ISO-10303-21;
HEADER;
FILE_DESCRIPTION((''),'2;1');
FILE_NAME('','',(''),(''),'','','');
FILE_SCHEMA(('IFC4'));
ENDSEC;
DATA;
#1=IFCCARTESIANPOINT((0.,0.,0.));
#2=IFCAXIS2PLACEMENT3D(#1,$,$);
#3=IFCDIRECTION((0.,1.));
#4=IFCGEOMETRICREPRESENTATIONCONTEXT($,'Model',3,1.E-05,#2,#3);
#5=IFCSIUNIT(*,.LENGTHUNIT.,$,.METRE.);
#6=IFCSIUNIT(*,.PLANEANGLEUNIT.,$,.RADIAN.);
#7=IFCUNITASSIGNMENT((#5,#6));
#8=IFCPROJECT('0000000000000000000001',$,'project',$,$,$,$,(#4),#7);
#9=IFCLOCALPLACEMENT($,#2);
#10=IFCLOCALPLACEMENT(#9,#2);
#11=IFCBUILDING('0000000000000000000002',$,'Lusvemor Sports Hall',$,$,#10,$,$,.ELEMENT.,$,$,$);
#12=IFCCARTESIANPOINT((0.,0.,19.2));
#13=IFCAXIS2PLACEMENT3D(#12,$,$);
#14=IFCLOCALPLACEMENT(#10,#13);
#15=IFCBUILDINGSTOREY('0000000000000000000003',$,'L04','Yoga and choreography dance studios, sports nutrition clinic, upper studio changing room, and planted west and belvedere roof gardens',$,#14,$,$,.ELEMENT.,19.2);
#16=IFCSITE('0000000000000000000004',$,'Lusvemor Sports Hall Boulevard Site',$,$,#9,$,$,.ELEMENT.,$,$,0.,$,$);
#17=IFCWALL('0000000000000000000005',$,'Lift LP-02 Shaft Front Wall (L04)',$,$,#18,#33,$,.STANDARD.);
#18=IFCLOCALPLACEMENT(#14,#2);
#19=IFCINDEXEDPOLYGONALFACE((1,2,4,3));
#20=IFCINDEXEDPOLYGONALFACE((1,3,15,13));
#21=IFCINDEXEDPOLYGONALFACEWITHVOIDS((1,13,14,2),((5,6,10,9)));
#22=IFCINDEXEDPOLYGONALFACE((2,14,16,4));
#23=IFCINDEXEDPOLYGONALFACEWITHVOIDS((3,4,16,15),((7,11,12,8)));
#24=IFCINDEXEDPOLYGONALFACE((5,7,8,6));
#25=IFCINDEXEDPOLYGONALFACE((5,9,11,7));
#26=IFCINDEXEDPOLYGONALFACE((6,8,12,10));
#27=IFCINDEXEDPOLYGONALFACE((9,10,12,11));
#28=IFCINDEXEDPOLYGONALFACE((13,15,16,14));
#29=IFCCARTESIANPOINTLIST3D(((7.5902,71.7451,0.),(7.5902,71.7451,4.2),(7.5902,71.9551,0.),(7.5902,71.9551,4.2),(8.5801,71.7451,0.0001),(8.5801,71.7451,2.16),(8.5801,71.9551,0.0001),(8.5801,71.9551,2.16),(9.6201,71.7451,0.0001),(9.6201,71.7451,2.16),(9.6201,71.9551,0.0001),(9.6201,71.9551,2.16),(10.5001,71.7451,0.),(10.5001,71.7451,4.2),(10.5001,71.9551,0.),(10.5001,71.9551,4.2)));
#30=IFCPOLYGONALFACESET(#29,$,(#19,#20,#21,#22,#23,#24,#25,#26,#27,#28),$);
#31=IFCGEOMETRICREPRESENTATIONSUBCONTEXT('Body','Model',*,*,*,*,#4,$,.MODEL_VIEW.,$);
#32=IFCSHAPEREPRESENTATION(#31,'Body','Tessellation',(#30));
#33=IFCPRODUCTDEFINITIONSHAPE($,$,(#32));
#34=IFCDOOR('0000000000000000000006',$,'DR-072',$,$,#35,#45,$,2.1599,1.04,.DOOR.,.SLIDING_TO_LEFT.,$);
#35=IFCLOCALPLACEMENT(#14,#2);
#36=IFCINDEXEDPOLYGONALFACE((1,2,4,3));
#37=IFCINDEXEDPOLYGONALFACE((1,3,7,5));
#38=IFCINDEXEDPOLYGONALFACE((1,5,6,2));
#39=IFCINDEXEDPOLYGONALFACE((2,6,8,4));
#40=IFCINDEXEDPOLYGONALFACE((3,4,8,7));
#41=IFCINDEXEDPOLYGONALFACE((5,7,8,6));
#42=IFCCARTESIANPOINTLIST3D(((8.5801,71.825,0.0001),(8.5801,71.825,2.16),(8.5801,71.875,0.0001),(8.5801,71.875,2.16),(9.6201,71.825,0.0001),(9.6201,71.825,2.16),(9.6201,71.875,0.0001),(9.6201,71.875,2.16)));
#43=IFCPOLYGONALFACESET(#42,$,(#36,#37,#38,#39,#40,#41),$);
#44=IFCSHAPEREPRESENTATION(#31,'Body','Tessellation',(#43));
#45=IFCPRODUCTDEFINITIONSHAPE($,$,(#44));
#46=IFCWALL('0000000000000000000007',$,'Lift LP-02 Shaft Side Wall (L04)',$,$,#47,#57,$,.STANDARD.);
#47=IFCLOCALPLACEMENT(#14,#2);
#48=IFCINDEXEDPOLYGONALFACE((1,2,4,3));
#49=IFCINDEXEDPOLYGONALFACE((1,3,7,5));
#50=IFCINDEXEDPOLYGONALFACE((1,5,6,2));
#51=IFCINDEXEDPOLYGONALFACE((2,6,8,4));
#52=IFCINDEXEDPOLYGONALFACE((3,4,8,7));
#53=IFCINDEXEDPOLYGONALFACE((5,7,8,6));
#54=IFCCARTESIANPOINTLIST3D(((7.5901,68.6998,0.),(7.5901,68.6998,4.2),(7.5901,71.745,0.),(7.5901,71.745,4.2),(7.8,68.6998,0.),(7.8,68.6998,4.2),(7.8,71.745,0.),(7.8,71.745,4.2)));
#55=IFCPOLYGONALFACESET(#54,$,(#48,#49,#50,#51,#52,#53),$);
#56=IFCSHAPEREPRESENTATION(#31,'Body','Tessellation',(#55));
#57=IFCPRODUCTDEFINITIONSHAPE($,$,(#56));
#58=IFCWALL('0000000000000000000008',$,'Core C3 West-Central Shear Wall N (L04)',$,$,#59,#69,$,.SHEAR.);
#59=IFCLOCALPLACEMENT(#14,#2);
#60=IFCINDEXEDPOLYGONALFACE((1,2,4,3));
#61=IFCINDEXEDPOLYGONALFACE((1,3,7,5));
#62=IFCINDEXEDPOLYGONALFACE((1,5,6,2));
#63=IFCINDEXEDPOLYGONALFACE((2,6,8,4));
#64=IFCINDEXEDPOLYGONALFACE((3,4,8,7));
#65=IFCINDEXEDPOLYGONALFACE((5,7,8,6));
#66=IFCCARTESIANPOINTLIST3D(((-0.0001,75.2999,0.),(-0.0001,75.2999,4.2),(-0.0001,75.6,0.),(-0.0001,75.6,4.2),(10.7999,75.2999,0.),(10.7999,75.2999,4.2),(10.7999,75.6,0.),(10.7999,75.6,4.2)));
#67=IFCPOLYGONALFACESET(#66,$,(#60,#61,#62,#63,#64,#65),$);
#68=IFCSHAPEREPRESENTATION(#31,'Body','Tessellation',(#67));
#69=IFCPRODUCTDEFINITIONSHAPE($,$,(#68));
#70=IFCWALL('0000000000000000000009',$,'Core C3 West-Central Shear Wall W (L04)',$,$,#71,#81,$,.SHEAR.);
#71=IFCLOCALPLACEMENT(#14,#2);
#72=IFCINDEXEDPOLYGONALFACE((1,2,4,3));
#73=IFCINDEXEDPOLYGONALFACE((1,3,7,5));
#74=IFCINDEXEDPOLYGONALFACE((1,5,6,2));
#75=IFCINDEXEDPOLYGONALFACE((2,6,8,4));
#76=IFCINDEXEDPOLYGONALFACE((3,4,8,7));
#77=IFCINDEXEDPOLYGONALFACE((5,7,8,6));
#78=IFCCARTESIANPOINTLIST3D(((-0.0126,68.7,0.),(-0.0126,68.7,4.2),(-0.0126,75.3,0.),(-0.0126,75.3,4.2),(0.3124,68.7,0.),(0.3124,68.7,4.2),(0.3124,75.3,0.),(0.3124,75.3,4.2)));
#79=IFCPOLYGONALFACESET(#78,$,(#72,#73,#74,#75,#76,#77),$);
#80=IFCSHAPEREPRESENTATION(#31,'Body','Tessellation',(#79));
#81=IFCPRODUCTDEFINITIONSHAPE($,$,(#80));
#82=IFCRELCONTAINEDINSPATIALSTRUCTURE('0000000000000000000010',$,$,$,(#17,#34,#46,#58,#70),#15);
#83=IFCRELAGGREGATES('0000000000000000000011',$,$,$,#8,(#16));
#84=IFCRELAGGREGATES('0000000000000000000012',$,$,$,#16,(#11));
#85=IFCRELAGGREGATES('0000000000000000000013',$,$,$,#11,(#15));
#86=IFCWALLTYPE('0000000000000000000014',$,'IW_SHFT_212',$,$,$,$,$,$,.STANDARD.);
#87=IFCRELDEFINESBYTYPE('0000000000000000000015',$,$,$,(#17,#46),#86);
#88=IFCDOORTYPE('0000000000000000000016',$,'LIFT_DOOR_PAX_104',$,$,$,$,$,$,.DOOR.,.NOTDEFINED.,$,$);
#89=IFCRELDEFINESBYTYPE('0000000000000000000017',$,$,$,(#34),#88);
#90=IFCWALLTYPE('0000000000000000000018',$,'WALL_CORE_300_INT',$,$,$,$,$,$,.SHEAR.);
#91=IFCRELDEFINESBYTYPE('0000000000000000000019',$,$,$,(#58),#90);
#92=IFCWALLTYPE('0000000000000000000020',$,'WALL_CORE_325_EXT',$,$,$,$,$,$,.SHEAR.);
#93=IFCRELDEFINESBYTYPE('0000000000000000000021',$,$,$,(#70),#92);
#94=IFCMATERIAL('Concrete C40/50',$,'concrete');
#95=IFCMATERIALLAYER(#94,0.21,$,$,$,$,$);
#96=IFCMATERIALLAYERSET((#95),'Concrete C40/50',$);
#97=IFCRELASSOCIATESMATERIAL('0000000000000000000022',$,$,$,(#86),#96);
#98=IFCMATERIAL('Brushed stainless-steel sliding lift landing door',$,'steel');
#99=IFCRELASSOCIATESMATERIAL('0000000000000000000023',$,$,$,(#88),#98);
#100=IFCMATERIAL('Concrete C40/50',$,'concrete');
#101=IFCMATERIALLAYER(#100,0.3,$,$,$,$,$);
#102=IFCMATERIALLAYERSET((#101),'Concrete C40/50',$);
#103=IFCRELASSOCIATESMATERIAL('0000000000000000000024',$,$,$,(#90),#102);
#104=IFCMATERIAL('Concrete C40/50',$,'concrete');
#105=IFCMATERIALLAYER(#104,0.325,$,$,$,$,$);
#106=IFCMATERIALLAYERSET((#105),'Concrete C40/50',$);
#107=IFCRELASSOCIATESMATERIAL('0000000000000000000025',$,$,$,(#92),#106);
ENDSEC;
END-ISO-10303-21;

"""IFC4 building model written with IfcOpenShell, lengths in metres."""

from ifc_helpers import new_model, si_unit, direction, frame, frame_2d, origin, place, context, subcontext, project, spatial, rectangle, extrude, material, layer, layer_set, type_object, element, fill, save


model = new_model("IFC4")

# Units and contexts
model_context = context("Model", 3, precision=1e-05, world=origin(), true_north=direction((0.0, 1.0)))
body_context = subcontext(model_context, "Body", "Model", "MODEL_VIEW")
ifc_project = project(units=[si_unit("LENGTHUNIT", "METRE"), si_unit("PLANEANGLEUNIT", "RADIAN")], contexts=[model_context])

# Site, building, storey
site_placement = place(None, origin())
site = spatial("IfcSite", under=ifc_project, at=site_placement, Name="Lusvemor Sports Hall Boulevard Site", CompositionType="ELEMENT", RefElevation=0.0)
building_placement = place(site_placement, origin())
building = spatial("IfcBuilding", under=site, at=building_placement, Name="Lusvemor Sports Hall", CompositionType="ELEMENT")
storey_placement = place(building_placement, frame((0.0, 0.0, 19.2)))
storey = spatial("IfcBuildingStorey", under=building, at=storey_placement, Name="L04", Description="Yoga and choreography dance studios, sports nutrition clinic, upper studio changing room, and planted west and belvedere roof gardens", CompositionType="ELEMENT", Elevation=19.2)

# Wall, opening, door
ifc_material_1 = material(Name="Concrete C40/50", Category="concrete")
ifc_layer_1 = layer(ifc_material_1, 0.21)
ifc_layer_set_1 = layer_set([ifc_layer_1], Name="Concrete C40/50")
wall_type_1 = type_object("IfcWallType", Name="IW_SHFT_212", PredefinedType="STANDARD", material=ifc_layer_set_1)
wall_1_placement = place(storey_placement, frame((7.5901, 71.8501, 0.0), z_axis=(0.0, 0.0, 1.0), x_axis=(1.0, 0.0, 0.0)))
wall_1 = element("IfcWall", 1, at=wall_1_placement, inside=storey, type_object=wall_type_1, Name="Lift LP-02 Shaft Front Wall (L04)", PredefinedType="STANDARD", context=body_context, shape_type="SweptSolid", body=[
    extrude(rectangle(XDim=2.9099, YDim=0.21, at=frame_2d((1.4551, 0.0))), origin(), (0.0, 0.0, 1.0), 4.2),
])
opening_1_placement = place(wall_1_placement, frame((0.99, 0.0, 0.0)))
opening_1 = element("IfcOpeningElement", 2, at=opening_1_placement, cuts=wall_1, PredefinedType="OPENING", context=body_context, shape_type="SweptSolid", body=[
    extrude(rectangle(XDim=1.04, YDim=2.1599, at=frame_2d((0.52, 1.0801))), frame((0.0, 0.105, 0.0), z_axis=(0.0, -1.0, 0.0), x_axis=(1.0, 0.0, 0.0)), (0.0, 0.0, 1.0), 0.21),
])
ifc_material_2 = material(Name="Brushed stainless-steel sliding lift landing door", Category="steel")
door_type_1 = type_object("IfcDoorType", Name="LIFT_DOOR_PAX_104", OperationType="NOTDEFINED", PredefinedType="DOOR", material=ifc_material_2)
door_1_placement = place(opening_1_placement, origin())
door_1 = element("IfcDoor", 3, at=door_1_placement, inside=storey, type_object=door_type_1, Name="DR-072", OperationType="SLIDING_TO_LEFT", OverallHeight=2.1599, OverallWidth=1.04, PredefinedType="DOOR", context=body_context, shape_type="SweptSolid", body=[
    extrude(rectangle(XDim=1.04, YDim=2.1599, at=frame_2d((0.52, 1.0801))), frame((0.0, 0.0249, 0.0), z_axis=(0.0, -1.0, 0.0), x_axis=(1.0, 0.0, 0.0)), (0.0, 0.0, 1.0), 0.05),
])
fill(opening_1, door_1)

# Walls
wall_2_placement = place(storey_placement, frame((7.6951, 68.7, 0.0), z_axis=(0.0, 0.0, 1.0), x_axis=(0.0, 1.0, 0.0)))
element("IfcWall", 4, at=wall_2_placement, inside=storey, type_object=wall_type_1, Name="Lift LP-02 Shaft Side Wall (L04)", PredefinedType="STANDARD", context=body_context, shape_type="SweptSolid", body=[
    extrude(rectangle(XDim=3.0452, YDim=0.21, at=frame_2d((1.5225, 0.0))), origin(), (0.0, 0.0, 1.0), 4.2),
])
ifc_material_3 = material(Name="Concrete C40/50", Category="concrete")
ifc_layer_2 = layer(ifc_material_3, 0.3)
ifc_layer_set_2 = layer_set([ifc_layer_2], Name="Concrete C40/50")
wall_type_2 = type_object("IfcWallType", Name="WALL_CORE_300_INT", PredefinedType="SHEAR", material=ifc_layer_set_2)
wall_3_placement = place(storey_placement, frame((0.0, 75.45, 0.0), z_axis=(0.0, 0.0, 1.0), x_axis=(1.0, 0.0, 0.0)))
element("IfcWall", 5, at=wall_3_placement, inside=storey, type_object=wall_type_2, Name="Core C3 West-Central Shear Wall N (L04)", PredefinedType="SHEAR", context=body_context, shape_type="SweptSolid", body=[
    extrude(rectangle(XDim=10.8, YDim=0.3, at=frame_2d((5.3999, 0.0))), origin(), (0.0, 0.0, 1.0), 4.2),
])

# Wall
ifc_material_4 = material(Name="Concrete C40/50", Category="concrete")
ifc_layer_3 = layer(ifc_material_4, 0.325)
ifc_layer_set_3 = layer_set([ifc_layer_3], Name="Concrete C40/50")
wall_type_3 = type_object("IfcWallType", Name="WALL_CORE_325_EXT", PredefinedType="SHEAR", material=ifc_layer_set_3)
wall_4_placement = place(storey_placement, frame((0.1499, 68.7, 0.0), z_axis=(0.0, 0.0, 1.0), x_axis=(0.0, 1.0, 0.0)))
element("IfcWall", 6, at=wall_4_placement, inside=storey, type_object=wall_type_3, Name="Core C3 West-Central Shear Wall W (L04)", PredefinedType="SHEAR", context=body_context, shape_type="SweptSolid", body=[
    extrude(rectangle(XDim=6.6001, YDim=0.325, at=frame_2d((3.3, 0.0))), origin(), (0.0, 0.0, 1.0), 4.2),
])

save(model, "model.ifc")
